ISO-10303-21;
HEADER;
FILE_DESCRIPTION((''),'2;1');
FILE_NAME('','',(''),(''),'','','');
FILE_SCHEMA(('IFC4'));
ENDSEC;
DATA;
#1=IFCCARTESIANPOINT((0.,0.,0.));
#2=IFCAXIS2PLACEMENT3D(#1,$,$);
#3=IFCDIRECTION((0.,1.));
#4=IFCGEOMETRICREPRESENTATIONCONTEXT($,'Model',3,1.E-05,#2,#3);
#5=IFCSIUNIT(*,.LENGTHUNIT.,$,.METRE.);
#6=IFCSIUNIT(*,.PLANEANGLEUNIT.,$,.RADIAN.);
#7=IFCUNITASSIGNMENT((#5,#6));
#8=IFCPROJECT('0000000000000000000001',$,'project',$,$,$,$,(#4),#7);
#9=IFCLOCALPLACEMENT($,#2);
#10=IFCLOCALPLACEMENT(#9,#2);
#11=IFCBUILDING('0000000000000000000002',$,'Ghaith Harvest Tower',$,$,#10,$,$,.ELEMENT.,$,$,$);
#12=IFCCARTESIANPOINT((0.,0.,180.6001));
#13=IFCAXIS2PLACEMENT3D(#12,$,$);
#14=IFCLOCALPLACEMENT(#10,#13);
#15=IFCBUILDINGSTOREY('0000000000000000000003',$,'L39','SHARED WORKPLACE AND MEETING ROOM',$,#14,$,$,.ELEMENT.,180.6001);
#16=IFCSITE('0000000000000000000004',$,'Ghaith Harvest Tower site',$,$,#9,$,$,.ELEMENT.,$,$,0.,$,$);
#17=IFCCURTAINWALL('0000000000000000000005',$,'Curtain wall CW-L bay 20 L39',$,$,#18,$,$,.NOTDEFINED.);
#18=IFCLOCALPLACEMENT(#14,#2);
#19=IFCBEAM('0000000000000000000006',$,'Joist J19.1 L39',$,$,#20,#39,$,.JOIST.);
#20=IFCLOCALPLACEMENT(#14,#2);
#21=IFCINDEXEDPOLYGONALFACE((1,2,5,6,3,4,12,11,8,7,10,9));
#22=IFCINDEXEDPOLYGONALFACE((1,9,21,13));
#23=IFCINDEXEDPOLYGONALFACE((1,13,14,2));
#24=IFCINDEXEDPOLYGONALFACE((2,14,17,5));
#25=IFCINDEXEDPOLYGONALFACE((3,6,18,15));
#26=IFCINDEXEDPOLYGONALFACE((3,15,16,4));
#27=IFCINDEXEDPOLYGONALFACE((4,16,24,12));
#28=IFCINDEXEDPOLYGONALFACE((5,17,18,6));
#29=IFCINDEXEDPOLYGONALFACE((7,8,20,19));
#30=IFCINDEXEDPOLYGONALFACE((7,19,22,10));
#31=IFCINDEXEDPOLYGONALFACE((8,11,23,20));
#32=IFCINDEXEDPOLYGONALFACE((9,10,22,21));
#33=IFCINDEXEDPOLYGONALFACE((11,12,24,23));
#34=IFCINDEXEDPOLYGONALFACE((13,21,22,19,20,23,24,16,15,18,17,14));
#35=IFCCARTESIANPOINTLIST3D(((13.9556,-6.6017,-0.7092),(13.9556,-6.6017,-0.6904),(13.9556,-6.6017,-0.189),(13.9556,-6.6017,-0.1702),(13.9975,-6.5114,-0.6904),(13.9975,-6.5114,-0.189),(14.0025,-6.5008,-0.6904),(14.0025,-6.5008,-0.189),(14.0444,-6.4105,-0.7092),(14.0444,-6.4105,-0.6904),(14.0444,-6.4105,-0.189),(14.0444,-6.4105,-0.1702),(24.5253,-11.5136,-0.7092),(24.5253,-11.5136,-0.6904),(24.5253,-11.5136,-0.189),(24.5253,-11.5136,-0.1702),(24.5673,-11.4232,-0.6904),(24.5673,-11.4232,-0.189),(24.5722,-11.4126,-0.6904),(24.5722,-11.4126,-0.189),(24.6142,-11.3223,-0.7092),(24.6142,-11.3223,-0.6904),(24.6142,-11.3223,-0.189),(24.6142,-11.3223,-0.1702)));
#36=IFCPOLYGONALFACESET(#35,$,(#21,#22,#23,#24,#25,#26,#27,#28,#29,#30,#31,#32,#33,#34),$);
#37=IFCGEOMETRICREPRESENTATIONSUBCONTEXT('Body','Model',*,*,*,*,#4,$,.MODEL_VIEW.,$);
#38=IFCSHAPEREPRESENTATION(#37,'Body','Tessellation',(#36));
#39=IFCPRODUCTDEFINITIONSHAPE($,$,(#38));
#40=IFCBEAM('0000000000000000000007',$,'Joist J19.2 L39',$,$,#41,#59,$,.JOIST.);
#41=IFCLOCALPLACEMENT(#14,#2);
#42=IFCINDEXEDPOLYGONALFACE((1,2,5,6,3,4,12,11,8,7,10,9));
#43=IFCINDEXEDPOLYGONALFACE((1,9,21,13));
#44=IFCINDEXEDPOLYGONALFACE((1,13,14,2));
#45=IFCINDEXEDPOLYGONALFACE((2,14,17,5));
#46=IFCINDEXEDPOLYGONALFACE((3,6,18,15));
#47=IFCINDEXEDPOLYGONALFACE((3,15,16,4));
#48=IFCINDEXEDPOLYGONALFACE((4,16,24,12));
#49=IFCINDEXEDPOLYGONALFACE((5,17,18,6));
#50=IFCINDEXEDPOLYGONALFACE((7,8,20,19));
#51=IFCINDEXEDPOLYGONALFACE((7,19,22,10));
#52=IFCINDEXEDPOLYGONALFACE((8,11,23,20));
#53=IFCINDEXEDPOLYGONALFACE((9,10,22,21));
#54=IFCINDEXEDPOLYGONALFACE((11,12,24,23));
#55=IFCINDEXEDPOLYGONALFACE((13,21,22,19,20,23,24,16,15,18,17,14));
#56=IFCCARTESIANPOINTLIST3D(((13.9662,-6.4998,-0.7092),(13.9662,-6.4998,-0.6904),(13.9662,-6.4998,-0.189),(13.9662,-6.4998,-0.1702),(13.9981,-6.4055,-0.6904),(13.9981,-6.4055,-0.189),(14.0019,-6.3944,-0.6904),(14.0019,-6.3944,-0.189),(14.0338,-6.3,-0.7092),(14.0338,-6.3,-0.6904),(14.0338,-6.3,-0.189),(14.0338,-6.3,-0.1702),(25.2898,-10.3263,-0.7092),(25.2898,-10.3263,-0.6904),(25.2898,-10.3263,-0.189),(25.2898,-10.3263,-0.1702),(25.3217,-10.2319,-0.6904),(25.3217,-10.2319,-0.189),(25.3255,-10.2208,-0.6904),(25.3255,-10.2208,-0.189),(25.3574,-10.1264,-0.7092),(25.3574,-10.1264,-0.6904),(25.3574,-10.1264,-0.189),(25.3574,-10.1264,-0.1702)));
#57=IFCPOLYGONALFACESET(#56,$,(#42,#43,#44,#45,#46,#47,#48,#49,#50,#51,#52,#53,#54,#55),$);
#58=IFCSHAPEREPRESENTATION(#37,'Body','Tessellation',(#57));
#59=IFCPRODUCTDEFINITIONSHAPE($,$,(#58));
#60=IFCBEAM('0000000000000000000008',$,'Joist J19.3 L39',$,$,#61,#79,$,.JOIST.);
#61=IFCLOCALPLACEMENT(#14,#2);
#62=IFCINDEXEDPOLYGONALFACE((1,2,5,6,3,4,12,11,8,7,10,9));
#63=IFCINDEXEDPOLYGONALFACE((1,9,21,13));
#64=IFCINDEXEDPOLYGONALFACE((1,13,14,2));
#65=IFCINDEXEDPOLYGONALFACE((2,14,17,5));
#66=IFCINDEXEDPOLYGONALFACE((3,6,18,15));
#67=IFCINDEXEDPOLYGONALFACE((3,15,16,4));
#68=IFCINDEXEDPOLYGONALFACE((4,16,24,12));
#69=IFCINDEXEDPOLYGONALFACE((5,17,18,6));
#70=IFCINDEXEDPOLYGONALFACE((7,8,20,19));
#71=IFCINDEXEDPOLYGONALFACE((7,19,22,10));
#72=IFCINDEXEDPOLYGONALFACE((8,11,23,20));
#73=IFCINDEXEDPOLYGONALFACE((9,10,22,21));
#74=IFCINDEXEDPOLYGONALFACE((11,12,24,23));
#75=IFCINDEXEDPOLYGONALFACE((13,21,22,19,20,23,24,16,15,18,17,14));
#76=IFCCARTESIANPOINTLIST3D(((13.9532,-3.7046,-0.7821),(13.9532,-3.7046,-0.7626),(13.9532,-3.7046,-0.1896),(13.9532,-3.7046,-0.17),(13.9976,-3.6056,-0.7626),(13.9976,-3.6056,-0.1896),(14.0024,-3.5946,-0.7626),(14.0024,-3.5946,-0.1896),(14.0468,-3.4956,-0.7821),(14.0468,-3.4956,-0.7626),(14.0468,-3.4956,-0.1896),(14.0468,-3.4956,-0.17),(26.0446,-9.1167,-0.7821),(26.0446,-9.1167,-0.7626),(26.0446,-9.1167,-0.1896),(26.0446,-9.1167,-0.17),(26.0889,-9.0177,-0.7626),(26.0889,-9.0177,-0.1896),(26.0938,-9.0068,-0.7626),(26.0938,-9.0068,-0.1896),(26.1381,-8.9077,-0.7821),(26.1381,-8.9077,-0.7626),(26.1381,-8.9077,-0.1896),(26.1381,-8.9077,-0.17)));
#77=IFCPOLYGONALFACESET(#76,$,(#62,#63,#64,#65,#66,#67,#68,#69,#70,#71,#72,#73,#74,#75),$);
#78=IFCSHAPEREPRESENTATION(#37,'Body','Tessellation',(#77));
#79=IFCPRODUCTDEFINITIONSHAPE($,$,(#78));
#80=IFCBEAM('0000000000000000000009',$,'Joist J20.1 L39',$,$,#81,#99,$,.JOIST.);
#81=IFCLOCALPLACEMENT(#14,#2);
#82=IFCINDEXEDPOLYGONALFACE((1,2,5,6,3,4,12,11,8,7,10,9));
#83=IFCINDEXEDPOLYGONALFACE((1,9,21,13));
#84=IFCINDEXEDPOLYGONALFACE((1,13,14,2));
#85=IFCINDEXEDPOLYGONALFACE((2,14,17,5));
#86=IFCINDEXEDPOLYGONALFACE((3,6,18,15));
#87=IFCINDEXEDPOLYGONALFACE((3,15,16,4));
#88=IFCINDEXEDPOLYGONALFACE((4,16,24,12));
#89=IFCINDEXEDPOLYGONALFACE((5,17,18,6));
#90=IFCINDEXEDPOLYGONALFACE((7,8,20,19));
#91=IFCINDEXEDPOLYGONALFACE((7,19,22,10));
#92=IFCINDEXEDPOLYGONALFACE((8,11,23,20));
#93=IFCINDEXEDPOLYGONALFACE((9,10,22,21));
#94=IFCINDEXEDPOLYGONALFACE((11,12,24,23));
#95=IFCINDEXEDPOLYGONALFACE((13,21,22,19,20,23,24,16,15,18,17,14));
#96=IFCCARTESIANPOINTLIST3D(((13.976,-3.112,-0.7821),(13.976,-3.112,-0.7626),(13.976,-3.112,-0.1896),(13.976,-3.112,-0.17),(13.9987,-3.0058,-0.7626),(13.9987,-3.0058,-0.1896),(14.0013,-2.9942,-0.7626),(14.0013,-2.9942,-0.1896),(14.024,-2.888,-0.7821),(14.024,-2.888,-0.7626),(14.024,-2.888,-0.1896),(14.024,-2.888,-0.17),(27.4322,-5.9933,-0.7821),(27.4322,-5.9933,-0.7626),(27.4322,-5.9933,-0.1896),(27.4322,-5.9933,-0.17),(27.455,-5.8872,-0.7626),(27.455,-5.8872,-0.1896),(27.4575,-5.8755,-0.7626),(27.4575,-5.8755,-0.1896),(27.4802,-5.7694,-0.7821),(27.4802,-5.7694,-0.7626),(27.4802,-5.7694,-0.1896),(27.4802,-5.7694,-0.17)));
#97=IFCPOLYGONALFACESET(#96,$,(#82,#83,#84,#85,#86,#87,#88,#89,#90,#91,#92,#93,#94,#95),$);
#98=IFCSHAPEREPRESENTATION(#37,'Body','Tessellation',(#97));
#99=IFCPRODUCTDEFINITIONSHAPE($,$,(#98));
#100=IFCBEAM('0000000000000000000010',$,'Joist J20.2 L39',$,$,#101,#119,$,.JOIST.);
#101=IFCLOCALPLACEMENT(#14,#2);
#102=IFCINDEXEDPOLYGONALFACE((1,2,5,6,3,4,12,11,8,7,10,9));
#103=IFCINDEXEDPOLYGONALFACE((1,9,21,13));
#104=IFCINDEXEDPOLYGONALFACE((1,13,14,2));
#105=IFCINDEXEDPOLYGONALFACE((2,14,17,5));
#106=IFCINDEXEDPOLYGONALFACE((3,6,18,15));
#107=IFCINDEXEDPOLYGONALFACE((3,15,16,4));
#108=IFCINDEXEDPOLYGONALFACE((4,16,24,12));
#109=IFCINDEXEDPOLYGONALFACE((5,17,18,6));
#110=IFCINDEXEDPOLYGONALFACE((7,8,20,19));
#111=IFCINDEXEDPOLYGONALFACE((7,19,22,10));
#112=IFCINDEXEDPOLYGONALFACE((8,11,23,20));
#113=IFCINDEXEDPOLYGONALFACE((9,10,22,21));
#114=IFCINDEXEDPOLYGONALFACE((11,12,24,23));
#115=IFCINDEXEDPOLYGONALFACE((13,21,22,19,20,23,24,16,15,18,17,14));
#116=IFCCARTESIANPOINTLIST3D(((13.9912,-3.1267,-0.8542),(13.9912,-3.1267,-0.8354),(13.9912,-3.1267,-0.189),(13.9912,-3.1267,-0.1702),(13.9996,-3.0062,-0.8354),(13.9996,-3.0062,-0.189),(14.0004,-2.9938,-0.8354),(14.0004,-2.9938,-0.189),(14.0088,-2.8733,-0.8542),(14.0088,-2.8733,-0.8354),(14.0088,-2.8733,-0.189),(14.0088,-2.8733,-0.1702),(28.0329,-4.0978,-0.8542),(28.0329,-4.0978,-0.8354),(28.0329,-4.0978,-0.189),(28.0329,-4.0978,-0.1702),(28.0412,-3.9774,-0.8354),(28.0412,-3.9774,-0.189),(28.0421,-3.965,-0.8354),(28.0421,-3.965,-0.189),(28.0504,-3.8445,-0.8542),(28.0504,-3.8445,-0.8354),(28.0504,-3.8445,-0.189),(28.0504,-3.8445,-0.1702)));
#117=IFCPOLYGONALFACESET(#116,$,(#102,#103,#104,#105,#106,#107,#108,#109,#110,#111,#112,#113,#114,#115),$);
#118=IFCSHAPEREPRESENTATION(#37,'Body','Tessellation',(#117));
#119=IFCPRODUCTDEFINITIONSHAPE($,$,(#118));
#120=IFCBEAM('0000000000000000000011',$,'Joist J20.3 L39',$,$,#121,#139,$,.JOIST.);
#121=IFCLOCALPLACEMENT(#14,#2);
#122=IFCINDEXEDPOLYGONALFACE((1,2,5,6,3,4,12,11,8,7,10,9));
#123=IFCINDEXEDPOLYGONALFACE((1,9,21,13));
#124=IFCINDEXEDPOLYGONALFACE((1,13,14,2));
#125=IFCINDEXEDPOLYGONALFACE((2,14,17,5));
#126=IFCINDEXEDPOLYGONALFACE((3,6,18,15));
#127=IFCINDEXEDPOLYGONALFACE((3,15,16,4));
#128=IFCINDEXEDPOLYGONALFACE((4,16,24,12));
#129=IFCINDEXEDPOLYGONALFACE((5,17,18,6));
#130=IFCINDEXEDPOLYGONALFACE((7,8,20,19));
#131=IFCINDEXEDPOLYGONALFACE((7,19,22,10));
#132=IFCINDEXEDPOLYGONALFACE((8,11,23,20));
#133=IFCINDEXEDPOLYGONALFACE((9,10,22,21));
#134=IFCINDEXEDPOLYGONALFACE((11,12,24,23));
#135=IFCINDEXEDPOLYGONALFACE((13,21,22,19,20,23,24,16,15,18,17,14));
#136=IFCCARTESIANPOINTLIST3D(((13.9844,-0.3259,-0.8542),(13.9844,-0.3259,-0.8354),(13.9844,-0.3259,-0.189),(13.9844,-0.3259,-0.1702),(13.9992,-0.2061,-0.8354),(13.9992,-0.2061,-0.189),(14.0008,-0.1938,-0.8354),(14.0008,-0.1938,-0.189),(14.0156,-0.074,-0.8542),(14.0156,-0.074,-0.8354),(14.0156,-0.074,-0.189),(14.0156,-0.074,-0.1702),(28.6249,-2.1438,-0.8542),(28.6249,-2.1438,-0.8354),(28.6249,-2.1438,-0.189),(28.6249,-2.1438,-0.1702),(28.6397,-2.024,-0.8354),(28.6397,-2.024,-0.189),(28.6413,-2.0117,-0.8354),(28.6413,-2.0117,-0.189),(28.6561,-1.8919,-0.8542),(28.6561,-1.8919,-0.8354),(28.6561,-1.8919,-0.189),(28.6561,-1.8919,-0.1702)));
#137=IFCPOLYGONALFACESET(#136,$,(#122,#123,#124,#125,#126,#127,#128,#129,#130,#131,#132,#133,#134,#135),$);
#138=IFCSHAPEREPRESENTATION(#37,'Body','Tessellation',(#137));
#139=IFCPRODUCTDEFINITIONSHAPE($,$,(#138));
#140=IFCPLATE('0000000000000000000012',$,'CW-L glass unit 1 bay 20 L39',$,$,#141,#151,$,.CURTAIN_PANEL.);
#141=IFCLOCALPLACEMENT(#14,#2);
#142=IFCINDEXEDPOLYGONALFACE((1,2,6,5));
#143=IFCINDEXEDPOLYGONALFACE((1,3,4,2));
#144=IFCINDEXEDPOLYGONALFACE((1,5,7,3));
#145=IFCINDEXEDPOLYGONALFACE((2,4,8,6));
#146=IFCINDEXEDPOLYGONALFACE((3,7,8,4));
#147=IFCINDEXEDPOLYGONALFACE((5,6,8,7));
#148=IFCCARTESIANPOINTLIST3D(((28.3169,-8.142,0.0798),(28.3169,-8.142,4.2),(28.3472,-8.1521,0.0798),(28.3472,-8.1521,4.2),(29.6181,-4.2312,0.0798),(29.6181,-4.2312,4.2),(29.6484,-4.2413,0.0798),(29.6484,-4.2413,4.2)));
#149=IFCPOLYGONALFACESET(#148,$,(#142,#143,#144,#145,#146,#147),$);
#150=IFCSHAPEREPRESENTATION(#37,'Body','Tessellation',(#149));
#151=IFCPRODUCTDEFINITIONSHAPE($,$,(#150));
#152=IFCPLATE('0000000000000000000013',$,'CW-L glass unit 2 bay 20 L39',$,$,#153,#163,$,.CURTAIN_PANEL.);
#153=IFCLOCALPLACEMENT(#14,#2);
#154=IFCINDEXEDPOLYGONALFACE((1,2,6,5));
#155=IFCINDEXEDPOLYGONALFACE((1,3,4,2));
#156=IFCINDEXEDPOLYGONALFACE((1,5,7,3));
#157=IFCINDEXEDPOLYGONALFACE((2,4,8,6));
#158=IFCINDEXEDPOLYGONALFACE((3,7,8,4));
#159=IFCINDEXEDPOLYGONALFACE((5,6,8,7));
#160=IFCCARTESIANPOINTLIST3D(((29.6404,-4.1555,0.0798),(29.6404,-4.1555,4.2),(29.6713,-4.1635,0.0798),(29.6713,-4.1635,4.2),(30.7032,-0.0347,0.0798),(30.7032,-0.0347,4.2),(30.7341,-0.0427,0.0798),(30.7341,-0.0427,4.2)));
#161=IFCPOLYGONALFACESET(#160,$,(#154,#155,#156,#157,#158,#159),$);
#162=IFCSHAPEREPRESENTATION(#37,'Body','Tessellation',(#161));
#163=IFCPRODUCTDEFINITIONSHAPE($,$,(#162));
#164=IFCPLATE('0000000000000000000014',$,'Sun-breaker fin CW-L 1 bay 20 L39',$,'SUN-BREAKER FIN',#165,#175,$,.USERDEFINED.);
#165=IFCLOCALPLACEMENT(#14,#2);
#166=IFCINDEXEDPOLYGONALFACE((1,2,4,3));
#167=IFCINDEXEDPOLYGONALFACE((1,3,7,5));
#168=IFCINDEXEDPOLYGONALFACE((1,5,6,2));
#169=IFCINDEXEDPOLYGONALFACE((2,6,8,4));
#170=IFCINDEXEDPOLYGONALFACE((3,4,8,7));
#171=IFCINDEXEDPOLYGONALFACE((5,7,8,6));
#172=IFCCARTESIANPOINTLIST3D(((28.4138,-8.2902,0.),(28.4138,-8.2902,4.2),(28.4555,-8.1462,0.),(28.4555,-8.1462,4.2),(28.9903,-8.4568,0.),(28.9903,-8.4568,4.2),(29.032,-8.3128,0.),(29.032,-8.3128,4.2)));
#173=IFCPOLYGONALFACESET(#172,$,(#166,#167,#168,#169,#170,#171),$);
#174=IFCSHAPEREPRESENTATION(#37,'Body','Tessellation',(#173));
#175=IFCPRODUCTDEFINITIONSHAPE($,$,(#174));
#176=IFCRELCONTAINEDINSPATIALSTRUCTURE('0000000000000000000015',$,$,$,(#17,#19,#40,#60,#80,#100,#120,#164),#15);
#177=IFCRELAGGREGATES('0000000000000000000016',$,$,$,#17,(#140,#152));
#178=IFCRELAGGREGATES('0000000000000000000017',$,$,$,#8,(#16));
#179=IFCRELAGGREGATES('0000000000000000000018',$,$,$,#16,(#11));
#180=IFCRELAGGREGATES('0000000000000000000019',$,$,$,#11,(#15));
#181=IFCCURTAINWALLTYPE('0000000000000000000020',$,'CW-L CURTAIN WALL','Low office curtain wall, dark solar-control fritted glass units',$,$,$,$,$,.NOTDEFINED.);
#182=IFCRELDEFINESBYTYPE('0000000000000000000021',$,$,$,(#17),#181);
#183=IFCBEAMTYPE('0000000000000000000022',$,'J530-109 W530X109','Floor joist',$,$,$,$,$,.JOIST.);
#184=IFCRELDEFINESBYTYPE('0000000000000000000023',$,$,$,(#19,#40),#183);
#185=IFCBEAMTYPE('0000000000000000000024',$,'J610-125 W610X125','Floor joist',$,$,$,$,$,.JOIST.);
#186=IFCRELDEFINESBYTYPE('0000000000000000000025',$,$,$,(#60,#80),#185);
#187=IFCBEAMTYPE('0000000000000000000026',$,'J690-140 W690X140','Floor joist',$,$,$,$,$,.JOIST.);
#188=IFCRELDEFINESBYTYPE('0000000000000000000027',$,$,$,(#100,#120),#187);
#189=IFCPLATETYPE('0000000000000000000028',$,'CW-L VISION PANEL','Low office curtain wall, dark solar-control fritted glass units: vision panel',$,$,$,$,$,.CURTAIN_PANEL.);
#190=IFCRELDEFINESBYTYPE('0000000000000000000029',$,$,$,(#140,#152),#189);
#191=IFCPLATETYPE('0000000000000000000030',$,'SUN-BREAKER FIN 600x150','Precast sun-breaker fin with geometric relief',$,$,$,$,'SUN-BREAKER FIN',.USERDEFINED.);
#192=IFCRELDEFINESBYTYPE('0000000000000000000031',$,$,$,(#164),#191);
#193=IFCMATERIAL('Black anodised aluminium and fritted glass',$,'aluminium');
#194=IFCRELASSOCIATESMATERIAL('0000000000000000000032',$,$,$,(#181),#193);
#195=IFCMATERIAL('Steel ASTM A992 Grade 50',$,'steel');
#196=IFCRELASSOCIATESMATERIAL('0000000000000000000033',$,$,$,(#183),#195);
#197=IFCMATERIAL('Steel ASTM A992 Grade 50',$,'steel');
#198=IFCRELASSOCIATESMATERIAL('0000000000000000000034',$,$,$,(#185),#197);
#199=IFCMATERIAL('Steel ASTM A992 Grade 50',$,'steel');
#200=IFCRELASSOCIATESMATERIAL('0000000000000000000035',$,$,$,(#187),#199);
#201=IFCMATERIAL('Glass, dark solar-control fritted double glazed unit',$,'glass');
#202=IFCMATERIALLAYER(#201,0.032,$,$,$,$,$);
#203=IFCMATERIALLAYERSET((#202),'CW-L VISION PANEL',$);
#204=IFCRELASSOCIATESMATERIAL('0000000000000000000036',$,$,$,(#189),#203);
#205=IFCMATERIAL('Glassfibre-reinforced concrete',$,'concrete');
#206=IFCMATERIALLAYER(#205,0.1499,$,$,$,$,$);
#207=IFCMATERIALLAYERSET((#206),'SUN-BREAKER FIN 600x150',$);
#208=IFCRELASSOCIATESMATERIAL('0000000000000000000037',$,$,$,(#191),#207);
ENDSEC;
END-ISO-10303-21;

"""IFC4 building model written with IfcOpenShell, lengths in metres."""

from ifc_helpers import new_model, si_unit, direction, frame, origin, origin_2d, place, context, subcontext, project, spatial, rectangle, i_section, extrude, material, layer, layer_set, material_profile, profile_set, type_object, element, aggregate, save


model = new_model("IFC4")

# Units and contexts
model_context = context("Model", 3, precision=1e-05, world=origin(), true_north=direction((0.0, 1.0)))
body_context = subcontext(model_context, "Body", "Model", "MODEL_VIEW")
ifc_project = project(units=[si_unit("LENGTHUNIT", "METRE"), si_unit("PLANEANGLEUNIT", "RADIAN")], contexts=[model_context])

# Site, building, storey
site_placement = place(None, origin())
site = spatial("IfcSite", under=ifc_project, at=site_placement, Name="Ghaith Harvest Tower site", CompositionType="ELEMENT", RefElevation=0.0)
building_placement = place(site_placement, origin())
building = spatial("IfcBuilding", under=site, at=building_placement, Name="Ghaith Harvest Tower", CompositionType="ELEMENT")
storey_placement = place(building_placement, frame((0.0, 0.0, 180.6001)))
storey = spatial("IfcBuildingStorey", under=building, at=storey_placement, Name="L39", Description="SHARED WORKPLACE AND MEETING ROOM", CompositionType="ELEMENT", Elevation=180.6001)

# Curtain wall
ifc_material_1 = material(Name="Black anodised aluminium and fritted glass", Category="aluminium")
curtain_wall_type = type_object("IfcCurtainWallType", Name="CW-L CURTAIN WALL", Description="Low office curtain wall, dark solar-control fritted glass units", PredefinedType="NOTDEFINED", material=ifc_material_1)
curtain_wall_placement = place(storey_placement, origin())
curtain_wall = element("IfcCurtainWall", 1, at=curtain_wall_placement, inside=storey, type_object=curtain_wall_type, Name="Curtain wall CW-L bay 20 L39", PredefinedType="NOTDEFINED")

# Beams
ifc_material_2 = material(Name="Steel ASTM A992 Grade 50", Category="steel")
ifc_material_profile_1 = material_profile(ifc_material_2, i_section(OverallWidth=0.2109, OverallDepth=0.5391, WebThickness=0.0117, FlangeThickness=0.0188, at=origin_2d()), Name="W530X109")
ifc_profile_set_1 = profile_set([ifc_material_profile_1], Name="Steel ASTM A992 Grade 50")
beam_type_1 = type_object("IfcBeamType", Name="J530-109 W530X109", Description="Floor joist", PredefinedType="JOIST", material=ifc_profile_set_1)
beam_1_placement = place(storey_placement, frame((14.0, -6.5061, -0.4397), z_axis=(0.906863, -0.421425, 0.0), x_axis=(0.421425, 0.906863, 0.0)))
element("IfcBeam", 2, at=beam_1_placement, inside=storey, type_object=beam_type_1, Name="Joist J19.1 L39", PredefinedType="JOIST", context=body_context, shape_type="SweptSolid", body=[
    extrude(i_section(OverallWidth=0.2109, OverallDepth=0.5391, WebThickness=0.0117, FlangeThickness=0.0188, at=origin_2d()), origin(), (0.0, 0.0, 1.0), 11.6553),
])
beam_2_placement = place(storey_placement, frame((14.0, -6.3999, -0.4397), z_axis=(0.947372, -0.320135, 0.0), x_axis=(0.320135, 0.947372, 0.0)))
element("IfcBeam", 3, at=beam_2_placement, inside=storey, type_object=beam_type_1, Name="Joist J19.2 L39", PredefinedType="JOIST", context=body_context, shape_type="SweptSolid", body=[
    extrude(i_section(OverallWidth=0.2109, OverallDepth=0.5391, WebThickness=0.0117, FlangeThickness=0.0188, at=origin_2d()), origin(), (0.0, 0.0, 1.0), 11.9526),
])
ifc_material_3 = material(Name="Steel ASTM A992 Grade 50", Category="steel")
ifc_material_profile_2 = material_profile(ifc_material_3, i_section(OverallWidth=0.229, OverallDepth=0.6121, WebThickness=0.012, FlangeThickness=0.0195, at=origin_2d()), Name="W610X125")
ifc_profile_set_2 = profile_set([ifc_material_profile_2], Name="Steel ASTM A992 Grade 50")
beam_type_2 = type_object("IfcBeamType", Name="J610-125 W610X125", Description="Floor joist", PredefinedType="JOIST", material=ifc_profile_set_2)
beam_3_placement = place(storey_placement, frame((14.0, -3.6001, -0.4761), z_axis=(0.912738, -0.408545, 0.0), x_axis=(0.408545, 0.912738, 0.0)))
element("IfcBeam", 4, at=beam_3_placement, inside=storey, type_object=beam_type_2, Name="Joist J19.3 L39", PredefinedType="JOIST", context=body_context, shape_type="SweptSolid", body=[
    extrude(i_section(OverallWidth=0.229, OverallDepth=0.6121, WebThickness=0.012, FlangeThickness=0.0195, at=origin_2d()), origin(), (0.0, 0.0, 1.0), 13.2473),
])
beam_4_placement = place(storey_placement, frame((14.0, -3.0, -0.4761), z_axis=(0.977834, -0.20938, 0.0), x_axis=(0.20938, 0.977834, 0.0)))
element("IfcBeam", 5, at=beam_4_placement, inside=storey, type_object=beam_type_2, Name="Joist J20.1 L39", PredefinedType="JOIST", context=body_context, shape_type="SweptSolid", body=[
    extrude(i_section(OverallWidth=0.229, OverallDepth=0.6121, WebThickness=0.012, FlangeThickness=0.0195, at=origin_2d()), origin(), (0.0, 0.0, 1.0), 13.7612),
])
ifc_material_4 = material(Name="Steel ASTM A992 Grade 50", Category="steel")
ifc_material_profile_3 = material_profile(ifc_material_4, i_section(OverallWidth=0.2539, OverallDepth=0.6841, WebThickness=0.0125, FlangeThickness=0.0188, at=origin_2d()), Name="W690X140")
ifc_profile_set_3 = profile_set([ifc_material_profile_3], Name="Steel ASTM A992 Grade 50")
beam_type_3 = type_object("IfcBeamType", Name="J690-140 W690X140", Description="Floor joist", PredefinedType="JOIST", material=ifc_profile_set_3)
beam_5_placement = place(storey_placement, frame((14.0, -3.0, -0.5122), z_axis=(0.997617, -0.069, 0.0), x_axis=(0.069, 0.997617, 0.0)))
element("IfcBeam", 6, at=beam_5_placement, inside=storey, type_object=beam_type_3, Name="Joist J20.2 L39", PredefinedType="JOIST", context=body_context, shape_type="SweptSolid", body=[
    extrude(i_section(OverallWidth=0.2539, OverallDepth=0.6841, WebThickness=0.0125, FlangeThickness=0.0188, at=origin_2d()), origin(), (0.0, 0.0, 1.0), 14.0752),
])
beam_6_placement = place(storey_placement, frame((14.0, -0.2, -0.5122), z_axis=(0.992379, -0.123222, 0.0), x_axis=(0.123222, 0.992379, 0.0)))
element("IfcBeam", 7, at=beam_6_placement, inside=storey, type_object=beam_type_3, Name="Joist J20.3 L39", PredefinedType="JOIST", context=body_context, shape_type="SweptSolid", body=[
    extrude(i_section(OverallWidth=0.2539, OverallDepth=0.6841, WebThickness=0.0125, FlangeThickness=0.0188, at=origin_2d()), origin(), (0.0, 0.0, 1.0), 14.7529),
])

# Plates
ifc_material_5 = material(Name="Glass, dark solar-control fritted double glazed unit", Category="glass")
ifc_layer_1 = layer(ifc_material_5, 0.032)
ifc_layer_set_1 = layer_set([ifc_layer_1], Name="CW-L VISION PANEL")
plate_type_1 = type_object("IfcPlateType", Name="CW-L VISION PANEL", Description="Low office curtain wall, dark solar-control fritted glass units: vision panel", PredefinedType="CURTAIN_PANEL", material=ifc_layer_set_1)
plate_1_placement = place(storey_placement, frame((28.9827, -6.1917, 0.0798), z_axis=(0.0, 0.0, 1.0), x_axis=(0.315708, 0.948856, 0.0)))
plate_1 = element("IfcPlate", 8, at=plate_1_placement, type_object=plate_type_1, Name="CW-L glass unit 1 bay 20 L39", PredefinedType="CURTAIN_PANEL", context=body_context, shape_type="SweptSolid", body=[
    extrude(rectangle(XDim=4.1216, YDim=0.032, at=origin_2d()), origin(), (0.0, 0.0, 1.0), 4.1201),
])
plate_2_placement = place(storey_placement, frame((30.1873, -2.0991, 0.0798), z_axis=(0.0, 0.0, 1.0), x_axis=(0.249744, 0.968312, 0.0)))
plate_2 = element("IfcPlate", 9, at=plate_2_placement, type_object=plate_type_1, Name="CW-L glass unit 2 bay 20 L39", PredefinedType="CURTAIN_PANEL", context=body_context, shape_type="SweptSolid", body=[
    extrude(rectangle(XDim=4.2556, YDim=0.032, at=origin_2d()), origin(), (0.0, 0.0, 1.0), 4.1201),
])
aggregate(curtain_wall, [plate_1, plate_2])
ifc_material_6 = material(Name="Glassfibre-reinforced concrete", Category="concrete")
ifc_layer_2 = layer(ifc_material_6, 0.1499)
ifc_layer_set_2 = layer_set([ifc_layer_2], Name="SUN-BREAKER FIN 600x150")
plate_type_2 = type_object("IfcPlateType", Name="SUN-BREAKER FIN 600x150", Description="Precast sun-breaker fin with geometric relief", ElementType="SUN-BREAKER FIN", PredefinedType="USERDEFINED", material=ifc_layer_set_2)
plate_3_placement = place(storey_placement, frame((28.7229, -8.3015, 0.0), z_axis=(0.0, 0.0, 1.0), x_axis=(0.96068, -0.277657, 0.0)))
element("IfcPlate", 10, at=plate_3_placement, inside=storey, type_object=plate_type_2, Name="Sun-breaker fin CW-L 1 bay 20 L39", ObjectType="SUN-BREAKER FIN", PredefinedType="USERDEFINED", context=body_context, shape_type="SweptSolid", body=[
    extrude(rectangle(XDim=0.6001, YDim=0.1499, at=origin_2d()), origin(), (0.0, 0.0, 1.0), 4.2),
])

save(model, "model.ifc")
